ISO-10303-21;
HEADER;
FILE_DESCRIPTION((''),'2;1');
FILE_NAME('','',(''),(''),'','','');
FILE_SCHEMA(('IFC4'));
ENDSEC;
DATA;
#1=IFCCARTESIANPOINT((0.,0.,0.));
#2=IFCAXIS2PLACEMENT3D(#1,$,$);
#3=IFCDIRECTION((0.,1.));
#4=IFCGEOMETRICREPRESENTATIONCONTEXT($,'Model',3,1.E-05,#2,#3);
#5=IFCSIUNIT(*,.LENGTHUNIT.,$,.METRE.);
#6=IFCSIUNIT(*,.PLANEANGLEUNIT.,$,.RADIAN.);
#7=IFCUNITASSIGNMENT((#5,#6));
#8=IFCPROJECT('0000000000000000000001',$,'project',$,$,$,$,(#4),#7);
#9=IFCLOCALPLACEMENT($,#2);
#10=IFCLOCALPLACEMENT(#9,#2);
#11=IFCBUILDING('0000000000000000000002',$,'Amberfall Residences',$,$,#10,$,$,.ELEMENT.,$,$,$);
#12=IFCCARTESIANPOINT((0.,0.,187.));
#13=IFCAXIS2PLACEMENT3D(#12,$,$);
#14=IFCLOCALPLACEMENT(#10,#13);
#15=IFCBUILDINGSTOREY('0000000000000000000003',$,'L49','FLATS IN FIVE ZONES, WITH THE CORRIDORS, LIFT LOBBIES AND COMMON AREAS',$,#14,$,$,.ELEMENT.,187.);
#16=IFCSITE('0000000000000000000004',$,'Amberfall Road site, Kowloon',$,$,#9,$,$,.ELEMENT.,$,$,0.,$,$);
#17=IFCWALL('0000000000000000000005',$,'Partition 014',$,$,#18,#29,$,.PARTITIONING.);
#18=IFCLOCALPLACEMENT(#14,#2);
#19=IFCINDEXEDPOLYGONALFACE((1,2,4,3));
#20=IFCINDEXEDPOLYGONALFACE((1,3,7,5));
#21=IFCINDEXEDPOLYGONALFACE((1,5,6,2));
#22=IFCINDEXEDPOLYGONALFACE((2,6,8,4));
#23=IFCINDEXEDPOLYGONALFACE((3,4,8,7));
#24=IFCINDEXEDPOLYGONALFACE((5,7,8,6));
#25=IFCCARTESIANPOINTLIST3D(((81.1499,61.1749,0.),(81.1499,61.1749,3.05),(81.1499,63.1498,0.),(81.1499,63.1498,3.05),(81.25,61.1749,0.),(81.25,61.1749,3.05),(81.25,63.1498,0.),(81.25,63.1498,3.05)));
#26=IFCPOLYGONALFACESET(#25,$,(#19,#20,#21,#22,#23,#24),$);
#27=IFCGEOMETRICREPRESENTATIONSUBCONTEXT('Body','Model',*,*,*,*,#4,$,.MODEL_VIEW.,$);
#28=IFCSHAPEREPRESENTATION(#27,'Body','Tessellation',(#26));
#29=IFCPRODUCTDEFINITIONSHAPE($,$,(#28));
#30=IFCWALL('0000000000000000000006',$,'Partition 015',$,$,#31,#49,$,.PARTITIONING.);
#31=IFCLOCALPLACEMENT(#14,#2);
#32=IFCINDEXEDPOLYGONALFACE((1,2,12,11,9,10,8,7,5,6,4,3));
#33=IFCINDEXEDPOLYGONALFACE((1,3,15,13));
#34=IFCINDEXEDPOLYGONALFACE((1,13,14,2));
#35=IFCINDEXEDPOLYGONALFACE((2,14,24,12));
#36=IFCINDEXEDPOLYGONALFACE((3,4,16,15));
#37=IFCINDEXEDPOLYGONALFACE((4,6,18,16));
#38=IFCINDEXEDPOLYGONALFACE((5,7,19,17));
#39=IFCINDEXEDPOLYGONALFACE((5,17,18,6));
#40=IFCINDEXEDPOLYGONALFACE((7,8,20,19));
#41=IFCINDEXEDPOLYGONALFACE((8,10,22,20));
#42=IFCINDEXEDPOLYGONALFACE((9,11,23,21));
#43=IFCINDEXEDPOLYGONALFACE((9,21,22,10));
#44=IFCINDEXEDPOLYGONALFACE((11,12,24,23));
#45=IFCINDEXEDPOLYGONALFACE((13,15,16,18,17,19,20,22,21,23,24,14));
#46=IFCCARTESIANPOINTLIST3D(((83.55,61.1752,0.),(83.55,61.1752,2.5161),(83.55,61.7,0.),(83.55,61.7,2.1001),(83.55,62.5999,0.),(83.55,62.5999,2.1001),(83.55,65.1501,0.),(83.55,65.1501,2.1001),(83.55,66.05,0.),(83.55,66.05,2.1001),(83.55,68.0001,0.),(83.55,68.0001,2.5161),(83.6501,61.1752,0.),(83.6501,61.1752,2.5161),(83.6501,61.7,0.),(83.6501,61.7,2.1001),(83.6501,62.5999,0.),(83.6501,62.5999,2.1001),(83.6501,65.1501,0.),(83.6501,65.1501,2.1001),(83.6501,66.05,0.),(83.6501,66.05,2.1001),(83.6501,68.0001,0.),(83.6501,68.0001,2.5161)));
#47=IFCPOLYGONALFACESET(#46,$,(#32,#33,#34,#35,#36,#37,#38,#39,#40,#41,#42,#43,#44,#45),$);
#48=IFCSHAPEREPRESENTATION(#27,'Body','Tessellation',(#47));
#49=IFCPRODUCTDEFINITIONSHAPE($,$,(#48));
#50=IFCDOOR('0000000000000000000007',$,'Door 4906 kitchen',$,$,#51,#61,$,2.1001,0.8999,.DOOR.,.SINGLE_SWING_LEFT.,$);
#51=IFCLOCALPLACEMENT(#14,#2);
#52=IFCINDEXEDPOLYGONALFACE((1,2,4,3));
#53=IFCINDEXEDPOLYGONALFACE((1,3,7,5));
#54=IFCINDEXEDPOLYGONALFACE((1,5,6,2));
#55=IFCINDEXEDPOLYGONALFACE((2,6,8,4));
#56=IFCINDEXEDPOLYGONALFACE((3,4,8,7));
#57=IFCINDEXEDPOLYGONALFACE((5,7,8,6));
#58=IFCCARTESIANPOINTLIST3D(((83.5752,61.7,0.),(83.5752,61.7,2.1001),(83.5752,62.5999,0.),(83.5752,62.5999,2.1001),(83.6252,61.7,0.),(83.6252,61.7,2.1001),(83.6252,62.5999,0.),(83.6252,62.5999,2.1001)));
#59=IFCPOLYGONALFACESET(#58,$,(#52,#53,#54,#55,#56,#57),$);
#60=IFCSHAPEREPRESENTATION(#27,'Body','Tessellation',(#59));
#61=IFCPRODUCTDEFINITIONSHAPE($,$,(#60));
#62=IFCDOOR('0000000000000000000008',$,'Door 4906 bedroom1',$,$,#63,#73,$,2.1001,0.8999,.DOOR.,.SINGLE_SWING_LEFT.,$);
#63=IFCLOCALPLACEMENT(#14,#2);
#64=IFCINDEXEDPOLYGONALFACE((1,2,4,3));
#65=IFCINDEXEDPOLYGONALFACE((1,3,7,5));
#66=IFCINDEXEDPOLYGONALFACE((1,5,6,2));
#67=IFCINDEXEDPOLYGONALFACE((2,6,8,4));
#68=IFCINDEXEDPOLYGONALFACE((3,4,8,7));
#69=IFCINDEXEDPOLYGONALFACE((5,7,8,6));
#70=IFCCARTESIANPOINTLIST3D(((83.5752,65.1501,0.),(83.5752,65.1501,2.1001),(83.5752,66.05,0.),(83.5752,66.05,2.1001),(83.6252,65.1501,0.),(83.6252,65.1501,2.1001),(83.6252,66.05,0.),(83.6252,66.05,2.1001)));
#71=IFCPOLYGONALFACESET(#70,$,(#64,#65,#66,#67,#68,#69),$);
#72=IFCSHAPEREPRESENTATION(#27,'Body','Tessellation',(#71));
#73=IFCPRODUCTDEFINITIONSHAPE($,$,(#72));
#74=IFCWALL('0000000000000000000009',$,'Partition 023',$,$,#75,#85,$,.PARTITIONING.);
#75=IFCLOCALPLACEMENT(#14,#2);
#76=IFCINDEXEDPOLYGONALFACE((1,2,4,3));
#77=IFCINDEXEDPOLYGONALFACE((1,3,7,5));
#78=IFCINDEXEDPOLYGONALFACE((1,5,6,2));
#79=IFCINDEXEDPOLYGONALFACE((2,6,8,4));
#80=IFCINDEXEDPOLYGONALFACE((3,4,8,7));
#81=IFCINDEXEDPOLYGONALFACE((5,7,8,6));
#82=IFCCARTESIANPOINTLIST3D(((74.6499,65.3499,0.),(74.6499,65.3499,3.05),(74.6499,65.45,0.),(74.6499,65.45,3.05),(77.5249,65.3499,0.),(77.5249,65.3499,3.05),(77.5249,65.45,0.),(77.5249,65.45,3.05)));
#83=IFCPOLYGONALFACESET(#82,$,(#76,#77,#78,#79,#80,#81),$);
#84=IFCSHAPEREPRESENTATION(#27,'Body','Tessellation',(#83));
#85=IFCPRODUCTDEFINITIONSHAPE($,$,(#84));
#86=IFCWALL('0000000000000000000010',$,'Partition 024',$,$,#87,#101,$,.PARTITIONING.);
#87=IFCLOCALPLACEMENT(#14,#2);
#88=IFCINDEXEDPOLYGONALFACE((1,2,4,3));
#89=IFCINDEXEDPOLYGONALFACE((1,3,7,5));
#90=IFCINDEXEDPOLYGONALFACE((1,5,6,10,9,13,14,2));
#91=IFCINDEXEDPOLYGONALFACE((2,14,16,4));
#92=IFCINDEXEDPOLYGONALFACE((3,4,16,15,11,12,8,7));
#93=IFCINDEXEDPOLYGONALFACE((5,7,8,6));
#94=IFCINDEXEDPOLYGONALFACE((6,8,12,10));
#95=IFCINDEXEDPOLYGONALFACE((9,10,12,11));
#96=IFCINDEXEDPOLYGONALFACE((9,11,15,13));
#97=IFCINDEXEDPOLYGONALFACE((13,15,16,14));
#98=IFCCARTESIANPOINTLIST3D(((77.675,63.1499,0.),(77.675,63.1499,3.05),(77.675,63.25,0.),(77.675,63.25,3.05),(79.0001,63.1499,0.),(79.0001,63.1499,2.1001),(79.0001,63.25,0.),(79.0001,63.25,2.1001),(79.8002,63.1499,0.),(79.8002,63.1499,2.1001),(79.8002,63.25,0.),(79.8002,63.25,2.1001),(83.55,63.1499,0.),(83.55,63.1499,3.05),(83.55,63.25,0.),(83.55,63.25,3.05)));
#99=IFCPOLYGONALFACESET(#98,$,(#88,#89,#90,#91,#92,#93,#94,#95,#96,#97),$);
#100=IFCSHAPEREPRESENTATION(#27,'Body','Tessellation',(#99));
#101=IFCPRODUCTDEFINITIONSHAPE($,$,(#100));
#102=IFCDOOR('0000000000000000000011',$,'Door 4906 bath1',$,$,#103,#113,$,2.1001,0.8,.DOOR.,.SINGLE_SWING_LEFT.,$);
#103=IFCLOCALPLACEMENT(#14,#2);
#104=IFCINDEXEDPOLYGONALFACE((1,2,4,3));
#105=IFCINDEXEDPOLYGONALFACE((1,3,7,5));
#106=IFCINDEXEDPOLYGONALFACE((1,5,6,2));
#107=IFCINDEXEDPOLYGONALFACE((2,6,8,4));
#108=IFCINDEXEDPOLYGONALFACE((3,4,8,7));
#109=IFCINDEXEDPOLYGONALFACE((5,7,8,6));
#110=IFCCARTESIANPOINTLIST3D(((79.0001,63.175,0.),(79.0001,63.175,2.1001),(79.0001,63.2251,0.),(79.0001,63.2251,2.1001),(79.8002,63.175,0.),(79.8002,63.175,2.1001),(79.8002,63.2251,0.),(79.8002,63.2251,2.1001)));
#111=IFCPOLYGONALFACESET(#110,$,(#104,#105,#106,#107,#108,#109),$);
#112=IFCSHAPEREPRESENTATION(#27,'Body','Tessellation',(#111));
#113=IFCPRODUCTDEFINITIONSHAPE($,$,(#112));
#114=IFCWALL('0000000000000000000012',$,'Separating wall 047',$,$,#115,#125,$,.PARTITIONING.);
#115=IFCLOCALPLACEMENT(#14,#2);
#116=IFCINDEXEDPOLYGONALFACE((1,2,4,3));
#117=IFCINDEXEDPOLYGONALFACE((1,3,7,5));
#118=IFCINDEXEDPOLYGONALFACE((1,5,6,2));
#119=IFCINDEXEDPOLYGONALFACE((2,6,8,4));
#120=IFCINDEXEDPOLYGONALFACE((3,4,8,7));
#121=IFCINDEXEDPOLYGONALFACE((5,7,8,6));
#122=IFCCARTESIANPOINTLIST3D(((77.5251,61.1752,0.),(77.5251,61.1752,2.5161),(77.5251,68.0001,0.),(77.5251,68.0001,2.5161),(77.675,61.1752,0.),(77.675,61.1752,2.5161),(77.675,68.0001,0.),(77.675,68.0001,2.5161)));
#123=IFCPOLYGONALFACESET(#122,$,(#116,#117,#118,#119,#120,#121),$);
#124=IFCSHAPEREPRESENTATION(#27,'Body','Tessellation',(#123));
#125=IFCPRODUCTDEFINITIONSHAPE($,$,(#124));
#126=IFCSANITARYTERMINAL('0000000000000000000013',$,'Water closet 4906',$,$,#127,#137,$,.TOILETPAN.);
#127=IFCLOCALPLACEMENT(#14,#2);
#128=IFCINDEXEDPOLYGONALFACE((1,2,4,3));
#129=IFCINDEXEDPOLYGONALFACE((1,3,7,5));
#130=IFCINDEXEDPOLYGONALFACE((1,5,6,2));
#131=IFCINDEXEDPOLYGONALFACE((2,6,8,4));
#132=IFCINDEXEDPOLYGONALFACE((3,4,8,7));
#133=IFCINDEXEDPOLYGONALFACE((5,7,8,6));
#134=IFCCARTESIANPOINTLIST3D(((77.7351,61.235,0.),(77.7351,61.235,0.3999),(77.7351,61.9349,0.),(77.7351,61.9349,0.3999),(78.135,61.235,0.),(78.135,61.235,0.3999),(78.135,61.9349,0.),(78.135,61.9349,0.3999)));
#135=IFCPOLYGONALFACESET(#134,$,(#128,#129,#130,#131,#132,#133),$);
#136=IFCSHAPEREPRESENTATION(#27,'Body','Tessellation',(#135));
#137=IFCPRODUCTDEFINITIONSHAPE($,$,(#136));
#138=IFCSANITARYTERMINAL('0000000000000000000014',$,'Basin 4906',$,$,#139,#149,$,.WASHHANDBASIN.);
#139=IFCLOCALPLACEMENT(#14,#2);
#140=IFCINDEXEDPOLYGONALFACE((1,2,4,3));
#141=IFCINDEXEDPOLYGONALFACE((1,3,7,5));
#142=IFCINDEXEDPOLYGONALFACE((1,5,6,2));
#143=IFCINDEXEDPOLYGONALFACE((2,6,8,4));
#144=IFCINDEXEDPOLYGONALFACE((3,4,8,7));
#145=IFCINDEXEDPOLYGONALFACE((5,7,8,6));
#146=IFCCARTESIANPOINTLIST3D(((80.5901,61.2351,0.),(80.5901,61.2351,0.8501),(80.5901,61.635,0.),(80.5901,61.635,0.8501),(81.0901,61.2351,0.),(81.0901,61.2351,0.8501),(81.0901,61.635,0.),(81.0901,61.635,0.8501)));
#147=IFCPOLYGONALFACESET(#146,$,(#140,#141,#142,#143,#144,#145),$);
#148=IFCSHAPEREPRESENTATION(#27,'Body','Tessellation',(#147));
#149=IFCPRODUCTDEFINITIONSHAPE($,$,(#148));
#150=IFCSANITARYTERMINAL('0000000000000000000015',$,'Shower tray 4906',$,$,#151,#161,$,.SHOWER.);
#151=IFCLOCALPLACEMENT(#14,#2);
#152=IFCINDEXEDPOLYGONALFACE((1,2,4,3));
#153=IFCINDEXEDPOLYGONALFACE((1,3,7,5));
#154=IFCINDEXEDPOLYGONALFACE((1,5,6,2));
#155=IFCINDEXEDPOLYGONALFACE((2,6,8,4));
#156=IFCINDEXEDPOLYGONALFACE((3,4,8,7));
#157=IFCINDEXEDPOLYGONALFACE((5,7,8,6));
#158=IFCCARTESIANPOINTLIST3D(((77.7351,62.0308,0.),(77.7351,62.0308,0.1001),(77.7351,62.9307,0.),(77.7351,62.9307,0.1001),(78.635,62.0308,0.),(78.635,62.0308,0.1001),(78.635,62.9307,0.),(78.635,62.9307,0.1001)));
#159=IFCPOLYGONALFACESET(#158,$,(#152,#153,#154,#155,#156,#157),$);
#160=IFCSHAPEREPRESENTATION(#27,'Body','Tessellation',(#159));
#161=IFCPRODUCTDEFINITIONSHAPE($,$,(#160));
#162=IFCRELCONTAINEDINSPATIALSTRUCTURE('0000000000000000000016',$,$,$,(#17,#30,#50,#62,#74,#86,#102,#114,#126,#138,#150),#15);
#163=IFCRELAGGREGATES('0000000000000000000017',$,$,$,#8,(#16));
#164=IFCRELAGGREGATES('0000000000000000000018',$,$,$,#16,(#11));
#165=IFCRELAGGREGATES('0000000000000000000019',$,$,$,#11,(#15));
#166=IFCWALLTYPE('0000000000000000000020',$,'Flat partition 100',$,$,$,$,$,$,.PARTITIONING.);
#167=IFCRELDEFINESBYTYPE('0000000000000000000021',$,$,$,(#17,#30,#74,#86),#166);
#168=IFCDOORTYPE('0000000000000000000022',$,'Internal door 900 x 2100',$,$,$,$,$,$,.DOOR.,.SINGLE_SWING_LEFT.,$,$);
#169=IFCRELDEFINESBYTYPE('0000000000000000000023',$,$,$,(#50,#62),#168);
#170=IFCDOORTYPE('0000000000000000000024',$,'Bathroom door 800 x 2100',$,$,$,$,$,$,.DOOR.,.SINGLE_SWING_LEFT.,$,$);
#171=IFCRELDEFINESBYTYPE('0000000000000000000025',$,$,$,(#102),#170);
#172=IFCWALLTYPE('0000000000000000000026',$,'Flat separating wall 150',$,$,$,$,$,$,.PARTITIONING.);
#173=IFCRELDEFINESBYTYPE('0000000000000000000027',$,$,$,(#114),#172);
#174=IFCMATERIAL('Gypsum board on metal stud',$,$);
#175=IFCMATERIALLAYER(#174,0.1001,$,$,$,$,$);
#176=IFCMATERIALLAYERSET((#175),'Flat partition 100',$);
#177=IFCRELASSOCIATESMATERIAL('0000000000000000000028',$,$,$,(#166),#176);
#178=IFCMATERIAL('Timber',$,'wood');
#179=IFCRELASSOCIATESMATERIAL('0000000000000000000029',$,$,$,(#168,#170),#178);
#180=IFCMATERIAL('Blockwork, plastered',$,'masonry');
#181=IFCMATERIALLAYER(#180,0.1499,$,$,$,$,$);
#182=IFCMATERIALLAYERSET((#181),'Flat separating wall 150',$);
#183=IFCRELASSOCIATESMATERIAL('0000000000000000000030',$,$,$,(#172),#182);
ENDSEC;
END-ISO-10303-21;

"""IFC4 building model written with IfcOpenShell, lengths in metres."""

from ifc_helpers import new_model, si_unit, direction, frame, frame_2d, origin, origin_2d, place, context, subcontext, project, spatial, rectangle, extrude, material, layer, layer_set, type_object, element, fill, save


model = new_model("IFC4")

# Units and contexts
model_context = context("Model", 3, precision=1e-05, world=origin(), true_north=direction((0.0, 1.0)))
body_context = subcontext(model_context, "Body", "Model", "MODEL_VIEW")
ifc_project = project(units=[si_unit("LENGTHUNIT", "METRE"), si_unit("PLANEANGLEUNIT", "RADIAN")], contexts=[model_context])

# Site, building, storey
site_placement = place(None, origin())
site = spatial("IfcSite", under=ifc_project, at=site_placement, Name="Amberfall Road site, Kowloon", CompositionType="ELEMENT", RefElevation=0.0)
building_placement = place(site_placement, origin())
building = spatial("IfcBuilding", under=site, at=building_placement, Name="Amberfall Residences", CompositionType="ELEMENT")
storey_placement = place(building_placement, frame((0.0, 0.0, 187.0)))
storey = spatial("IfcBuildingStorey", under=building, at=storey_placement, Name="L49", Description="FLATS IN FIVE ZONES, WITH THE CORRIDORS, LIFT LOBBIES AND COMMON AREAS", CompositionType="ELEMENT", Elevation=187.0)

# Wall
ifc_material_1 = material(Name="Gypsum board on metal stud")
ifc_layer_1 = layer(ifc_material_1, 0.1001)
ifc_layer_set_1 = layer_set([ifc_layer_1], Name="Flat partition 100")
wall_type_1 = type_object("IfcWallType", Name="Flat partition 100", PredefinedType="PARTITIONING", material=ifc_layer_set_1)
wall_1_placement = place(storey_placement, frame((81.2, 61.175, 0.0), z_axis=(0.0, 0.0, 1.0), x_axis=(0.0, 1.0, 0.0)))
element("IfcWall", 1, at=wall_1_placement, inside=storey, type_object=wall_type_1, Name="Partition 014", PredefinedType="PARTITIONING", context=body_context, shape_type="SweptSolid", body=[
    extrude(rectangle(XDim=1.9749, YDim=0.1001, at=frame_2d((0.9873, 0.0))), origin(), (0.0, 0.0, 1.0), 3.05),
])

# Wall, openings, doors
wall_2_placement = place(storey_placement, frame((83.6001, 61.175, 0.0), z_axis=(0.0, 0.0, 1.0), x_axis=(0.0, 1.0, 0.0)))
wall_2 = element("IfcWall", 2, at=wall_2_placement, inside=storey, type_object=wall_type_1, Name="Partition 015", PredefinedType="PARTITIONING", context=body_context, shape_type="SweptSolid", body=[
    extrude(rectangle(XDim=6.825, YDim=0.1001, at=frame_2d((3.4126, 0.0))), origin(), (0.0, 0.0, 1.0), 2.5161),
])
opening_1_placement = place(wall_2_placement, frame((0.5249, 0.0, 0.0)))
opening_1 = element("IfcOpeningElement", 3, at=opening_1_placement, cuts=wall_2, PredefinedType="OPENING", context=body_context, shape_type="SweptSolid", body=[
    extrude(rectangle(XDim=0.8999, YDim=2.1001, at=frame_2d((0.45, 1.05))), frame((0.0, 0.0601, 0.0), z_axis=(0.0, -1.0, 0.0), x_axis=(1.0, 0.0, 0.0)), (0.0, 0.0, 1.0), 0.1201),
])
opening_2_placement = place(wall_2_placement, frame((3.9751, 0.0, 0.0)))
opening_2 = element("IfcOpeningElement", 4, at=opening_2_placement, cuts=wall_2, PredefinedType="OPENING", context=body_context, shape_type="SweptSolid", body=[
    extrude(rectangle(XDim=0.8999, YDim=2.1001, at=frame_2d((0.45, 1.05))), frame((0.0, 0.0601, 0.0), z_axis=(0.0, -1.0, 0.0), x_axis=(1.0, 0.0, 0.0)), (0.0, 0.0, 1.0), 0.1201),
])
ifc_material_2 = material(Name="Timber", Category="wood")
door_type_1 = type_object("IfcDoorType", Name="Internal door 900 x 2100", OperationType="SINGLE_SWING_LEFT", PredefinedType="DOOR", material=ifc_material_2)
door_1_placement = place(opening_1_placement, origin())
door_1 = element("IfcDoor", 5, at=door_1_placement, inside=storey, type_object=door_type_1, Name="Door 4906 kitchen", OperationType="SINGLE_SWING_LEFT", OverallHeight=2.1001, OverallWidth=0.8999, PredefinedType="DOOR", context=body_context, shape_type="SweptSolid", body=[
    extrude(rectangle(XDim=0.8999, YDim=2.1001, at=frame_2d((0.45, 1.05))), frame((0.0, 0.0249, 0.0), z_axis=(0.0, -1.0, 0.0), x_axis=(1.0, 0.0, 0.0)), (0.0, 0.0, 1.0), 0.05),
])
fill(opening_1, door_1)
door_2_placement = place(opening_2_placement, origin())
door_2 = element("IfcDoor", 6, at=door_2_placement, inside=storey, type_object=door_type_1, Name="Door 4906 bedroom1", OperationType="SINGLE_SWING_LEFT", OverallHeight=2.1001, OverallWidth=0.8999, PredefinedType="DOOR", context=body_context, shape_type="SweptSolid", body=[
    extrude(rectangle(XDim=0.8999, YDim=2.1001, at=frame_2d((0.45, 1.05))), frame((0.0, 0.0249, 0.0), z_axis=(0.0, -1.0, 0.0), x_axis=(1.0, 0.0, 0.0)), (0.0, 0.0, 1.0), 0.05),
])
fill(opening_2, door_2)

# Wall
wall_3_placement = place(storey_placement, frame((74.6499, 65.3999, 0.0), z_axis=(0.0, 0.0, 1.0), x_axis=(1.0, 0.0, 0.0)))
element("IfcWall", 7, at=wall_3_placement, inside=storey, type_object=wall_type_1, Name="Partition 023", PredefinedType="PARTITIONING", context=body_context, shape_type="SweptSolid", body=[
    extrude(rectangle(XDim=2.875, YDim=0.1001, at=frame_2d((1.4375, 0.0))), origin(), (0.0, 0.0, 1.0), 3.05),
])

# Wall, opening, door
wall_4_placement = place(storey_placement, frame((83.55, 63.2, 0.0), z_axis=(0.0, 0.0, 1.0), x_axis=(-1.0, 0.0, 0.0)))
wall_4 = element("IfcWall", 8, at=wall_4_placement, inside=storey, type_object=wall_type_1, Name="Partition 024", PredefinedType="PARTITIONING", context=body_context, shape_type="SweptSolid", body=[
    extrude(rectangle(XDim=5.875, YDim=0.1001, at=frame_2d((2.9375, 0.0))), origin(), (0.0, 0.0, 1.0), 3.05),
])
opening_3_placement = place(wall_4_placement, frame((3.75, 0.0, 0.0)))
opening_3 = element("IfcOpeningElement", 9, at=opening_3_placement, cuts=wall_4, PredefinedType="OPENING", context=body_context, shape_type="SweptSolid", body=[
    extrude(rectangle(XDim=0.8, YDim=2.1001, at=frame_2d((0.3999, 1.05))), frame((0.0, 0.0601, 0.0), z_axis=(0.0, -1.0, 0.0), x_axis=(1.0, 0.0, 0.0)), (0.0, 0.0, 1.0), 0.1201),
])
door_type_2 = type_object("IfcDoorType", Name="Bathroom door 800 x 2100", OperationType="SINGLE_SWING_LEFT", PredefinedType="DOOR", material=ifc_material_2)
door_3_placement = place(opening_3_placement, origin())
door_3 = element("IfcDoor", 10, at=door_3_placement, inside=storey, type_object=door_type_2, Name="Door 4906 bath1", OperationType="SINGLE_SWING_LEFT", OverallHeight=2.1001, OverallWidth=0.8, PredefinedType="DOOR", context=body_context, shape_type="SweptSolid", body=[
    extrude(rectangle(XDim=0.8, YDim=2.1001, at=frame_2d((0.3999, 1.05))), frame((0.0, 0.0249, 0.0), z_axis=(0.0, -1.0, 0.0), x_axis=(1.0, 0.0, 0.0)), (0.0, 0.0, 1.0), 0.05),
])
fill(opening_3, door_3)

# Wall
ifc_material_3 = material(Name="Blockwork, plastered", Category="masonry")
ifc_layer_2 = layer(ifc_material_3, 0.1499)
ifc_layer_set_2 = layer_set([ifc_layer_2], Name="Flat separating wall 150")
wall_type_2 = type_object("IfcWallType", Name="Flat separating wall 150", PredefinedType="PARTITIONING", material=ifc_layer_set_2)
wall_5_placement = place(storey_placement, frame((77.6001, 61.175, 0.0), z_axis=(0.0, 0.0, 1.0), x_axis=(0.0, 1.0, 0.0)))
element("IfcWall", 11, at=wall_5_placement, inside=storey, type_object=wall_type_2, Name="Separating wall 047", PredefinedType="PARTITIONING", context=body_context, shape_type="SweptSolid", body=[
    extrude(rectangle(XDim=6.825, YDim=0.1499, at=frame_2d((3.4126, 0.0))), origin(), (0.0, 0.0, 1.0), 2.5161),
])

# Sanitary terminals
sanitary_terminal_1_placement = place(storey_placement, frame((77.9351, 61.585, 0.0), z_axis=(0.0, 0.0, 1.0), x_axis=(1.0, 0.0, 0.0)))
element("IfcSanitaryTerminal", 12, at=sanitary_terminal_1_placement, inside=storey, Name="Water closet 4906", PredefinedType="TOILETPAN", context=body_context, shape_type="SweptSolid", body=[
    extrude(rectangle(XDim=0.3999, YDim=0.7, at=origin_2d()), origin(), (0.0, 0.0, 1.0), 0.3999),
])
sanitary_terminal_2_placement = place(storey_placement, frame((80.8401, 61.4351, 0.0), z_axis=(0.0, 0.0, 1.0), x_axis=(1.0, 0.0, 0.0)))
element("IfcSanitaryTerminal", 13, at=sanitary_terminal_2_placement, inside=storey, Name="Basin 4906", PredefinedType="WASHHANDBASIN", context=body_context, shape_type="SweptSolid", body=[
    extrude(rectangle(XDim=0.5, YDim=0.3999, at=origin_2d()), origin(), (0.0, 0.0, 1.0), 0.8501),
])
sanitary_terminal_3_placement = place(storey_placement, frame((78.1851, 62.4807, 0.0), z_axis=(0.0, 0.0, 1.0), x_axis=(1.0, 0.0, 0.0)))
element("IfcSanitaryTerminal", 14, at=sanitary_terminal_3_placement, inside=storey, Name="Shower tray 4906", PredefinedType="SHOWER", context=body_context, shape_type="SweptSolid", body=[
    extrude(rectangle(XDim=0.8999, YDim=0.8999, at=origin_2d()), origin(), (0.0, 0.0, 1.0), 0.1001),
])

save(model, "model.ifc")
